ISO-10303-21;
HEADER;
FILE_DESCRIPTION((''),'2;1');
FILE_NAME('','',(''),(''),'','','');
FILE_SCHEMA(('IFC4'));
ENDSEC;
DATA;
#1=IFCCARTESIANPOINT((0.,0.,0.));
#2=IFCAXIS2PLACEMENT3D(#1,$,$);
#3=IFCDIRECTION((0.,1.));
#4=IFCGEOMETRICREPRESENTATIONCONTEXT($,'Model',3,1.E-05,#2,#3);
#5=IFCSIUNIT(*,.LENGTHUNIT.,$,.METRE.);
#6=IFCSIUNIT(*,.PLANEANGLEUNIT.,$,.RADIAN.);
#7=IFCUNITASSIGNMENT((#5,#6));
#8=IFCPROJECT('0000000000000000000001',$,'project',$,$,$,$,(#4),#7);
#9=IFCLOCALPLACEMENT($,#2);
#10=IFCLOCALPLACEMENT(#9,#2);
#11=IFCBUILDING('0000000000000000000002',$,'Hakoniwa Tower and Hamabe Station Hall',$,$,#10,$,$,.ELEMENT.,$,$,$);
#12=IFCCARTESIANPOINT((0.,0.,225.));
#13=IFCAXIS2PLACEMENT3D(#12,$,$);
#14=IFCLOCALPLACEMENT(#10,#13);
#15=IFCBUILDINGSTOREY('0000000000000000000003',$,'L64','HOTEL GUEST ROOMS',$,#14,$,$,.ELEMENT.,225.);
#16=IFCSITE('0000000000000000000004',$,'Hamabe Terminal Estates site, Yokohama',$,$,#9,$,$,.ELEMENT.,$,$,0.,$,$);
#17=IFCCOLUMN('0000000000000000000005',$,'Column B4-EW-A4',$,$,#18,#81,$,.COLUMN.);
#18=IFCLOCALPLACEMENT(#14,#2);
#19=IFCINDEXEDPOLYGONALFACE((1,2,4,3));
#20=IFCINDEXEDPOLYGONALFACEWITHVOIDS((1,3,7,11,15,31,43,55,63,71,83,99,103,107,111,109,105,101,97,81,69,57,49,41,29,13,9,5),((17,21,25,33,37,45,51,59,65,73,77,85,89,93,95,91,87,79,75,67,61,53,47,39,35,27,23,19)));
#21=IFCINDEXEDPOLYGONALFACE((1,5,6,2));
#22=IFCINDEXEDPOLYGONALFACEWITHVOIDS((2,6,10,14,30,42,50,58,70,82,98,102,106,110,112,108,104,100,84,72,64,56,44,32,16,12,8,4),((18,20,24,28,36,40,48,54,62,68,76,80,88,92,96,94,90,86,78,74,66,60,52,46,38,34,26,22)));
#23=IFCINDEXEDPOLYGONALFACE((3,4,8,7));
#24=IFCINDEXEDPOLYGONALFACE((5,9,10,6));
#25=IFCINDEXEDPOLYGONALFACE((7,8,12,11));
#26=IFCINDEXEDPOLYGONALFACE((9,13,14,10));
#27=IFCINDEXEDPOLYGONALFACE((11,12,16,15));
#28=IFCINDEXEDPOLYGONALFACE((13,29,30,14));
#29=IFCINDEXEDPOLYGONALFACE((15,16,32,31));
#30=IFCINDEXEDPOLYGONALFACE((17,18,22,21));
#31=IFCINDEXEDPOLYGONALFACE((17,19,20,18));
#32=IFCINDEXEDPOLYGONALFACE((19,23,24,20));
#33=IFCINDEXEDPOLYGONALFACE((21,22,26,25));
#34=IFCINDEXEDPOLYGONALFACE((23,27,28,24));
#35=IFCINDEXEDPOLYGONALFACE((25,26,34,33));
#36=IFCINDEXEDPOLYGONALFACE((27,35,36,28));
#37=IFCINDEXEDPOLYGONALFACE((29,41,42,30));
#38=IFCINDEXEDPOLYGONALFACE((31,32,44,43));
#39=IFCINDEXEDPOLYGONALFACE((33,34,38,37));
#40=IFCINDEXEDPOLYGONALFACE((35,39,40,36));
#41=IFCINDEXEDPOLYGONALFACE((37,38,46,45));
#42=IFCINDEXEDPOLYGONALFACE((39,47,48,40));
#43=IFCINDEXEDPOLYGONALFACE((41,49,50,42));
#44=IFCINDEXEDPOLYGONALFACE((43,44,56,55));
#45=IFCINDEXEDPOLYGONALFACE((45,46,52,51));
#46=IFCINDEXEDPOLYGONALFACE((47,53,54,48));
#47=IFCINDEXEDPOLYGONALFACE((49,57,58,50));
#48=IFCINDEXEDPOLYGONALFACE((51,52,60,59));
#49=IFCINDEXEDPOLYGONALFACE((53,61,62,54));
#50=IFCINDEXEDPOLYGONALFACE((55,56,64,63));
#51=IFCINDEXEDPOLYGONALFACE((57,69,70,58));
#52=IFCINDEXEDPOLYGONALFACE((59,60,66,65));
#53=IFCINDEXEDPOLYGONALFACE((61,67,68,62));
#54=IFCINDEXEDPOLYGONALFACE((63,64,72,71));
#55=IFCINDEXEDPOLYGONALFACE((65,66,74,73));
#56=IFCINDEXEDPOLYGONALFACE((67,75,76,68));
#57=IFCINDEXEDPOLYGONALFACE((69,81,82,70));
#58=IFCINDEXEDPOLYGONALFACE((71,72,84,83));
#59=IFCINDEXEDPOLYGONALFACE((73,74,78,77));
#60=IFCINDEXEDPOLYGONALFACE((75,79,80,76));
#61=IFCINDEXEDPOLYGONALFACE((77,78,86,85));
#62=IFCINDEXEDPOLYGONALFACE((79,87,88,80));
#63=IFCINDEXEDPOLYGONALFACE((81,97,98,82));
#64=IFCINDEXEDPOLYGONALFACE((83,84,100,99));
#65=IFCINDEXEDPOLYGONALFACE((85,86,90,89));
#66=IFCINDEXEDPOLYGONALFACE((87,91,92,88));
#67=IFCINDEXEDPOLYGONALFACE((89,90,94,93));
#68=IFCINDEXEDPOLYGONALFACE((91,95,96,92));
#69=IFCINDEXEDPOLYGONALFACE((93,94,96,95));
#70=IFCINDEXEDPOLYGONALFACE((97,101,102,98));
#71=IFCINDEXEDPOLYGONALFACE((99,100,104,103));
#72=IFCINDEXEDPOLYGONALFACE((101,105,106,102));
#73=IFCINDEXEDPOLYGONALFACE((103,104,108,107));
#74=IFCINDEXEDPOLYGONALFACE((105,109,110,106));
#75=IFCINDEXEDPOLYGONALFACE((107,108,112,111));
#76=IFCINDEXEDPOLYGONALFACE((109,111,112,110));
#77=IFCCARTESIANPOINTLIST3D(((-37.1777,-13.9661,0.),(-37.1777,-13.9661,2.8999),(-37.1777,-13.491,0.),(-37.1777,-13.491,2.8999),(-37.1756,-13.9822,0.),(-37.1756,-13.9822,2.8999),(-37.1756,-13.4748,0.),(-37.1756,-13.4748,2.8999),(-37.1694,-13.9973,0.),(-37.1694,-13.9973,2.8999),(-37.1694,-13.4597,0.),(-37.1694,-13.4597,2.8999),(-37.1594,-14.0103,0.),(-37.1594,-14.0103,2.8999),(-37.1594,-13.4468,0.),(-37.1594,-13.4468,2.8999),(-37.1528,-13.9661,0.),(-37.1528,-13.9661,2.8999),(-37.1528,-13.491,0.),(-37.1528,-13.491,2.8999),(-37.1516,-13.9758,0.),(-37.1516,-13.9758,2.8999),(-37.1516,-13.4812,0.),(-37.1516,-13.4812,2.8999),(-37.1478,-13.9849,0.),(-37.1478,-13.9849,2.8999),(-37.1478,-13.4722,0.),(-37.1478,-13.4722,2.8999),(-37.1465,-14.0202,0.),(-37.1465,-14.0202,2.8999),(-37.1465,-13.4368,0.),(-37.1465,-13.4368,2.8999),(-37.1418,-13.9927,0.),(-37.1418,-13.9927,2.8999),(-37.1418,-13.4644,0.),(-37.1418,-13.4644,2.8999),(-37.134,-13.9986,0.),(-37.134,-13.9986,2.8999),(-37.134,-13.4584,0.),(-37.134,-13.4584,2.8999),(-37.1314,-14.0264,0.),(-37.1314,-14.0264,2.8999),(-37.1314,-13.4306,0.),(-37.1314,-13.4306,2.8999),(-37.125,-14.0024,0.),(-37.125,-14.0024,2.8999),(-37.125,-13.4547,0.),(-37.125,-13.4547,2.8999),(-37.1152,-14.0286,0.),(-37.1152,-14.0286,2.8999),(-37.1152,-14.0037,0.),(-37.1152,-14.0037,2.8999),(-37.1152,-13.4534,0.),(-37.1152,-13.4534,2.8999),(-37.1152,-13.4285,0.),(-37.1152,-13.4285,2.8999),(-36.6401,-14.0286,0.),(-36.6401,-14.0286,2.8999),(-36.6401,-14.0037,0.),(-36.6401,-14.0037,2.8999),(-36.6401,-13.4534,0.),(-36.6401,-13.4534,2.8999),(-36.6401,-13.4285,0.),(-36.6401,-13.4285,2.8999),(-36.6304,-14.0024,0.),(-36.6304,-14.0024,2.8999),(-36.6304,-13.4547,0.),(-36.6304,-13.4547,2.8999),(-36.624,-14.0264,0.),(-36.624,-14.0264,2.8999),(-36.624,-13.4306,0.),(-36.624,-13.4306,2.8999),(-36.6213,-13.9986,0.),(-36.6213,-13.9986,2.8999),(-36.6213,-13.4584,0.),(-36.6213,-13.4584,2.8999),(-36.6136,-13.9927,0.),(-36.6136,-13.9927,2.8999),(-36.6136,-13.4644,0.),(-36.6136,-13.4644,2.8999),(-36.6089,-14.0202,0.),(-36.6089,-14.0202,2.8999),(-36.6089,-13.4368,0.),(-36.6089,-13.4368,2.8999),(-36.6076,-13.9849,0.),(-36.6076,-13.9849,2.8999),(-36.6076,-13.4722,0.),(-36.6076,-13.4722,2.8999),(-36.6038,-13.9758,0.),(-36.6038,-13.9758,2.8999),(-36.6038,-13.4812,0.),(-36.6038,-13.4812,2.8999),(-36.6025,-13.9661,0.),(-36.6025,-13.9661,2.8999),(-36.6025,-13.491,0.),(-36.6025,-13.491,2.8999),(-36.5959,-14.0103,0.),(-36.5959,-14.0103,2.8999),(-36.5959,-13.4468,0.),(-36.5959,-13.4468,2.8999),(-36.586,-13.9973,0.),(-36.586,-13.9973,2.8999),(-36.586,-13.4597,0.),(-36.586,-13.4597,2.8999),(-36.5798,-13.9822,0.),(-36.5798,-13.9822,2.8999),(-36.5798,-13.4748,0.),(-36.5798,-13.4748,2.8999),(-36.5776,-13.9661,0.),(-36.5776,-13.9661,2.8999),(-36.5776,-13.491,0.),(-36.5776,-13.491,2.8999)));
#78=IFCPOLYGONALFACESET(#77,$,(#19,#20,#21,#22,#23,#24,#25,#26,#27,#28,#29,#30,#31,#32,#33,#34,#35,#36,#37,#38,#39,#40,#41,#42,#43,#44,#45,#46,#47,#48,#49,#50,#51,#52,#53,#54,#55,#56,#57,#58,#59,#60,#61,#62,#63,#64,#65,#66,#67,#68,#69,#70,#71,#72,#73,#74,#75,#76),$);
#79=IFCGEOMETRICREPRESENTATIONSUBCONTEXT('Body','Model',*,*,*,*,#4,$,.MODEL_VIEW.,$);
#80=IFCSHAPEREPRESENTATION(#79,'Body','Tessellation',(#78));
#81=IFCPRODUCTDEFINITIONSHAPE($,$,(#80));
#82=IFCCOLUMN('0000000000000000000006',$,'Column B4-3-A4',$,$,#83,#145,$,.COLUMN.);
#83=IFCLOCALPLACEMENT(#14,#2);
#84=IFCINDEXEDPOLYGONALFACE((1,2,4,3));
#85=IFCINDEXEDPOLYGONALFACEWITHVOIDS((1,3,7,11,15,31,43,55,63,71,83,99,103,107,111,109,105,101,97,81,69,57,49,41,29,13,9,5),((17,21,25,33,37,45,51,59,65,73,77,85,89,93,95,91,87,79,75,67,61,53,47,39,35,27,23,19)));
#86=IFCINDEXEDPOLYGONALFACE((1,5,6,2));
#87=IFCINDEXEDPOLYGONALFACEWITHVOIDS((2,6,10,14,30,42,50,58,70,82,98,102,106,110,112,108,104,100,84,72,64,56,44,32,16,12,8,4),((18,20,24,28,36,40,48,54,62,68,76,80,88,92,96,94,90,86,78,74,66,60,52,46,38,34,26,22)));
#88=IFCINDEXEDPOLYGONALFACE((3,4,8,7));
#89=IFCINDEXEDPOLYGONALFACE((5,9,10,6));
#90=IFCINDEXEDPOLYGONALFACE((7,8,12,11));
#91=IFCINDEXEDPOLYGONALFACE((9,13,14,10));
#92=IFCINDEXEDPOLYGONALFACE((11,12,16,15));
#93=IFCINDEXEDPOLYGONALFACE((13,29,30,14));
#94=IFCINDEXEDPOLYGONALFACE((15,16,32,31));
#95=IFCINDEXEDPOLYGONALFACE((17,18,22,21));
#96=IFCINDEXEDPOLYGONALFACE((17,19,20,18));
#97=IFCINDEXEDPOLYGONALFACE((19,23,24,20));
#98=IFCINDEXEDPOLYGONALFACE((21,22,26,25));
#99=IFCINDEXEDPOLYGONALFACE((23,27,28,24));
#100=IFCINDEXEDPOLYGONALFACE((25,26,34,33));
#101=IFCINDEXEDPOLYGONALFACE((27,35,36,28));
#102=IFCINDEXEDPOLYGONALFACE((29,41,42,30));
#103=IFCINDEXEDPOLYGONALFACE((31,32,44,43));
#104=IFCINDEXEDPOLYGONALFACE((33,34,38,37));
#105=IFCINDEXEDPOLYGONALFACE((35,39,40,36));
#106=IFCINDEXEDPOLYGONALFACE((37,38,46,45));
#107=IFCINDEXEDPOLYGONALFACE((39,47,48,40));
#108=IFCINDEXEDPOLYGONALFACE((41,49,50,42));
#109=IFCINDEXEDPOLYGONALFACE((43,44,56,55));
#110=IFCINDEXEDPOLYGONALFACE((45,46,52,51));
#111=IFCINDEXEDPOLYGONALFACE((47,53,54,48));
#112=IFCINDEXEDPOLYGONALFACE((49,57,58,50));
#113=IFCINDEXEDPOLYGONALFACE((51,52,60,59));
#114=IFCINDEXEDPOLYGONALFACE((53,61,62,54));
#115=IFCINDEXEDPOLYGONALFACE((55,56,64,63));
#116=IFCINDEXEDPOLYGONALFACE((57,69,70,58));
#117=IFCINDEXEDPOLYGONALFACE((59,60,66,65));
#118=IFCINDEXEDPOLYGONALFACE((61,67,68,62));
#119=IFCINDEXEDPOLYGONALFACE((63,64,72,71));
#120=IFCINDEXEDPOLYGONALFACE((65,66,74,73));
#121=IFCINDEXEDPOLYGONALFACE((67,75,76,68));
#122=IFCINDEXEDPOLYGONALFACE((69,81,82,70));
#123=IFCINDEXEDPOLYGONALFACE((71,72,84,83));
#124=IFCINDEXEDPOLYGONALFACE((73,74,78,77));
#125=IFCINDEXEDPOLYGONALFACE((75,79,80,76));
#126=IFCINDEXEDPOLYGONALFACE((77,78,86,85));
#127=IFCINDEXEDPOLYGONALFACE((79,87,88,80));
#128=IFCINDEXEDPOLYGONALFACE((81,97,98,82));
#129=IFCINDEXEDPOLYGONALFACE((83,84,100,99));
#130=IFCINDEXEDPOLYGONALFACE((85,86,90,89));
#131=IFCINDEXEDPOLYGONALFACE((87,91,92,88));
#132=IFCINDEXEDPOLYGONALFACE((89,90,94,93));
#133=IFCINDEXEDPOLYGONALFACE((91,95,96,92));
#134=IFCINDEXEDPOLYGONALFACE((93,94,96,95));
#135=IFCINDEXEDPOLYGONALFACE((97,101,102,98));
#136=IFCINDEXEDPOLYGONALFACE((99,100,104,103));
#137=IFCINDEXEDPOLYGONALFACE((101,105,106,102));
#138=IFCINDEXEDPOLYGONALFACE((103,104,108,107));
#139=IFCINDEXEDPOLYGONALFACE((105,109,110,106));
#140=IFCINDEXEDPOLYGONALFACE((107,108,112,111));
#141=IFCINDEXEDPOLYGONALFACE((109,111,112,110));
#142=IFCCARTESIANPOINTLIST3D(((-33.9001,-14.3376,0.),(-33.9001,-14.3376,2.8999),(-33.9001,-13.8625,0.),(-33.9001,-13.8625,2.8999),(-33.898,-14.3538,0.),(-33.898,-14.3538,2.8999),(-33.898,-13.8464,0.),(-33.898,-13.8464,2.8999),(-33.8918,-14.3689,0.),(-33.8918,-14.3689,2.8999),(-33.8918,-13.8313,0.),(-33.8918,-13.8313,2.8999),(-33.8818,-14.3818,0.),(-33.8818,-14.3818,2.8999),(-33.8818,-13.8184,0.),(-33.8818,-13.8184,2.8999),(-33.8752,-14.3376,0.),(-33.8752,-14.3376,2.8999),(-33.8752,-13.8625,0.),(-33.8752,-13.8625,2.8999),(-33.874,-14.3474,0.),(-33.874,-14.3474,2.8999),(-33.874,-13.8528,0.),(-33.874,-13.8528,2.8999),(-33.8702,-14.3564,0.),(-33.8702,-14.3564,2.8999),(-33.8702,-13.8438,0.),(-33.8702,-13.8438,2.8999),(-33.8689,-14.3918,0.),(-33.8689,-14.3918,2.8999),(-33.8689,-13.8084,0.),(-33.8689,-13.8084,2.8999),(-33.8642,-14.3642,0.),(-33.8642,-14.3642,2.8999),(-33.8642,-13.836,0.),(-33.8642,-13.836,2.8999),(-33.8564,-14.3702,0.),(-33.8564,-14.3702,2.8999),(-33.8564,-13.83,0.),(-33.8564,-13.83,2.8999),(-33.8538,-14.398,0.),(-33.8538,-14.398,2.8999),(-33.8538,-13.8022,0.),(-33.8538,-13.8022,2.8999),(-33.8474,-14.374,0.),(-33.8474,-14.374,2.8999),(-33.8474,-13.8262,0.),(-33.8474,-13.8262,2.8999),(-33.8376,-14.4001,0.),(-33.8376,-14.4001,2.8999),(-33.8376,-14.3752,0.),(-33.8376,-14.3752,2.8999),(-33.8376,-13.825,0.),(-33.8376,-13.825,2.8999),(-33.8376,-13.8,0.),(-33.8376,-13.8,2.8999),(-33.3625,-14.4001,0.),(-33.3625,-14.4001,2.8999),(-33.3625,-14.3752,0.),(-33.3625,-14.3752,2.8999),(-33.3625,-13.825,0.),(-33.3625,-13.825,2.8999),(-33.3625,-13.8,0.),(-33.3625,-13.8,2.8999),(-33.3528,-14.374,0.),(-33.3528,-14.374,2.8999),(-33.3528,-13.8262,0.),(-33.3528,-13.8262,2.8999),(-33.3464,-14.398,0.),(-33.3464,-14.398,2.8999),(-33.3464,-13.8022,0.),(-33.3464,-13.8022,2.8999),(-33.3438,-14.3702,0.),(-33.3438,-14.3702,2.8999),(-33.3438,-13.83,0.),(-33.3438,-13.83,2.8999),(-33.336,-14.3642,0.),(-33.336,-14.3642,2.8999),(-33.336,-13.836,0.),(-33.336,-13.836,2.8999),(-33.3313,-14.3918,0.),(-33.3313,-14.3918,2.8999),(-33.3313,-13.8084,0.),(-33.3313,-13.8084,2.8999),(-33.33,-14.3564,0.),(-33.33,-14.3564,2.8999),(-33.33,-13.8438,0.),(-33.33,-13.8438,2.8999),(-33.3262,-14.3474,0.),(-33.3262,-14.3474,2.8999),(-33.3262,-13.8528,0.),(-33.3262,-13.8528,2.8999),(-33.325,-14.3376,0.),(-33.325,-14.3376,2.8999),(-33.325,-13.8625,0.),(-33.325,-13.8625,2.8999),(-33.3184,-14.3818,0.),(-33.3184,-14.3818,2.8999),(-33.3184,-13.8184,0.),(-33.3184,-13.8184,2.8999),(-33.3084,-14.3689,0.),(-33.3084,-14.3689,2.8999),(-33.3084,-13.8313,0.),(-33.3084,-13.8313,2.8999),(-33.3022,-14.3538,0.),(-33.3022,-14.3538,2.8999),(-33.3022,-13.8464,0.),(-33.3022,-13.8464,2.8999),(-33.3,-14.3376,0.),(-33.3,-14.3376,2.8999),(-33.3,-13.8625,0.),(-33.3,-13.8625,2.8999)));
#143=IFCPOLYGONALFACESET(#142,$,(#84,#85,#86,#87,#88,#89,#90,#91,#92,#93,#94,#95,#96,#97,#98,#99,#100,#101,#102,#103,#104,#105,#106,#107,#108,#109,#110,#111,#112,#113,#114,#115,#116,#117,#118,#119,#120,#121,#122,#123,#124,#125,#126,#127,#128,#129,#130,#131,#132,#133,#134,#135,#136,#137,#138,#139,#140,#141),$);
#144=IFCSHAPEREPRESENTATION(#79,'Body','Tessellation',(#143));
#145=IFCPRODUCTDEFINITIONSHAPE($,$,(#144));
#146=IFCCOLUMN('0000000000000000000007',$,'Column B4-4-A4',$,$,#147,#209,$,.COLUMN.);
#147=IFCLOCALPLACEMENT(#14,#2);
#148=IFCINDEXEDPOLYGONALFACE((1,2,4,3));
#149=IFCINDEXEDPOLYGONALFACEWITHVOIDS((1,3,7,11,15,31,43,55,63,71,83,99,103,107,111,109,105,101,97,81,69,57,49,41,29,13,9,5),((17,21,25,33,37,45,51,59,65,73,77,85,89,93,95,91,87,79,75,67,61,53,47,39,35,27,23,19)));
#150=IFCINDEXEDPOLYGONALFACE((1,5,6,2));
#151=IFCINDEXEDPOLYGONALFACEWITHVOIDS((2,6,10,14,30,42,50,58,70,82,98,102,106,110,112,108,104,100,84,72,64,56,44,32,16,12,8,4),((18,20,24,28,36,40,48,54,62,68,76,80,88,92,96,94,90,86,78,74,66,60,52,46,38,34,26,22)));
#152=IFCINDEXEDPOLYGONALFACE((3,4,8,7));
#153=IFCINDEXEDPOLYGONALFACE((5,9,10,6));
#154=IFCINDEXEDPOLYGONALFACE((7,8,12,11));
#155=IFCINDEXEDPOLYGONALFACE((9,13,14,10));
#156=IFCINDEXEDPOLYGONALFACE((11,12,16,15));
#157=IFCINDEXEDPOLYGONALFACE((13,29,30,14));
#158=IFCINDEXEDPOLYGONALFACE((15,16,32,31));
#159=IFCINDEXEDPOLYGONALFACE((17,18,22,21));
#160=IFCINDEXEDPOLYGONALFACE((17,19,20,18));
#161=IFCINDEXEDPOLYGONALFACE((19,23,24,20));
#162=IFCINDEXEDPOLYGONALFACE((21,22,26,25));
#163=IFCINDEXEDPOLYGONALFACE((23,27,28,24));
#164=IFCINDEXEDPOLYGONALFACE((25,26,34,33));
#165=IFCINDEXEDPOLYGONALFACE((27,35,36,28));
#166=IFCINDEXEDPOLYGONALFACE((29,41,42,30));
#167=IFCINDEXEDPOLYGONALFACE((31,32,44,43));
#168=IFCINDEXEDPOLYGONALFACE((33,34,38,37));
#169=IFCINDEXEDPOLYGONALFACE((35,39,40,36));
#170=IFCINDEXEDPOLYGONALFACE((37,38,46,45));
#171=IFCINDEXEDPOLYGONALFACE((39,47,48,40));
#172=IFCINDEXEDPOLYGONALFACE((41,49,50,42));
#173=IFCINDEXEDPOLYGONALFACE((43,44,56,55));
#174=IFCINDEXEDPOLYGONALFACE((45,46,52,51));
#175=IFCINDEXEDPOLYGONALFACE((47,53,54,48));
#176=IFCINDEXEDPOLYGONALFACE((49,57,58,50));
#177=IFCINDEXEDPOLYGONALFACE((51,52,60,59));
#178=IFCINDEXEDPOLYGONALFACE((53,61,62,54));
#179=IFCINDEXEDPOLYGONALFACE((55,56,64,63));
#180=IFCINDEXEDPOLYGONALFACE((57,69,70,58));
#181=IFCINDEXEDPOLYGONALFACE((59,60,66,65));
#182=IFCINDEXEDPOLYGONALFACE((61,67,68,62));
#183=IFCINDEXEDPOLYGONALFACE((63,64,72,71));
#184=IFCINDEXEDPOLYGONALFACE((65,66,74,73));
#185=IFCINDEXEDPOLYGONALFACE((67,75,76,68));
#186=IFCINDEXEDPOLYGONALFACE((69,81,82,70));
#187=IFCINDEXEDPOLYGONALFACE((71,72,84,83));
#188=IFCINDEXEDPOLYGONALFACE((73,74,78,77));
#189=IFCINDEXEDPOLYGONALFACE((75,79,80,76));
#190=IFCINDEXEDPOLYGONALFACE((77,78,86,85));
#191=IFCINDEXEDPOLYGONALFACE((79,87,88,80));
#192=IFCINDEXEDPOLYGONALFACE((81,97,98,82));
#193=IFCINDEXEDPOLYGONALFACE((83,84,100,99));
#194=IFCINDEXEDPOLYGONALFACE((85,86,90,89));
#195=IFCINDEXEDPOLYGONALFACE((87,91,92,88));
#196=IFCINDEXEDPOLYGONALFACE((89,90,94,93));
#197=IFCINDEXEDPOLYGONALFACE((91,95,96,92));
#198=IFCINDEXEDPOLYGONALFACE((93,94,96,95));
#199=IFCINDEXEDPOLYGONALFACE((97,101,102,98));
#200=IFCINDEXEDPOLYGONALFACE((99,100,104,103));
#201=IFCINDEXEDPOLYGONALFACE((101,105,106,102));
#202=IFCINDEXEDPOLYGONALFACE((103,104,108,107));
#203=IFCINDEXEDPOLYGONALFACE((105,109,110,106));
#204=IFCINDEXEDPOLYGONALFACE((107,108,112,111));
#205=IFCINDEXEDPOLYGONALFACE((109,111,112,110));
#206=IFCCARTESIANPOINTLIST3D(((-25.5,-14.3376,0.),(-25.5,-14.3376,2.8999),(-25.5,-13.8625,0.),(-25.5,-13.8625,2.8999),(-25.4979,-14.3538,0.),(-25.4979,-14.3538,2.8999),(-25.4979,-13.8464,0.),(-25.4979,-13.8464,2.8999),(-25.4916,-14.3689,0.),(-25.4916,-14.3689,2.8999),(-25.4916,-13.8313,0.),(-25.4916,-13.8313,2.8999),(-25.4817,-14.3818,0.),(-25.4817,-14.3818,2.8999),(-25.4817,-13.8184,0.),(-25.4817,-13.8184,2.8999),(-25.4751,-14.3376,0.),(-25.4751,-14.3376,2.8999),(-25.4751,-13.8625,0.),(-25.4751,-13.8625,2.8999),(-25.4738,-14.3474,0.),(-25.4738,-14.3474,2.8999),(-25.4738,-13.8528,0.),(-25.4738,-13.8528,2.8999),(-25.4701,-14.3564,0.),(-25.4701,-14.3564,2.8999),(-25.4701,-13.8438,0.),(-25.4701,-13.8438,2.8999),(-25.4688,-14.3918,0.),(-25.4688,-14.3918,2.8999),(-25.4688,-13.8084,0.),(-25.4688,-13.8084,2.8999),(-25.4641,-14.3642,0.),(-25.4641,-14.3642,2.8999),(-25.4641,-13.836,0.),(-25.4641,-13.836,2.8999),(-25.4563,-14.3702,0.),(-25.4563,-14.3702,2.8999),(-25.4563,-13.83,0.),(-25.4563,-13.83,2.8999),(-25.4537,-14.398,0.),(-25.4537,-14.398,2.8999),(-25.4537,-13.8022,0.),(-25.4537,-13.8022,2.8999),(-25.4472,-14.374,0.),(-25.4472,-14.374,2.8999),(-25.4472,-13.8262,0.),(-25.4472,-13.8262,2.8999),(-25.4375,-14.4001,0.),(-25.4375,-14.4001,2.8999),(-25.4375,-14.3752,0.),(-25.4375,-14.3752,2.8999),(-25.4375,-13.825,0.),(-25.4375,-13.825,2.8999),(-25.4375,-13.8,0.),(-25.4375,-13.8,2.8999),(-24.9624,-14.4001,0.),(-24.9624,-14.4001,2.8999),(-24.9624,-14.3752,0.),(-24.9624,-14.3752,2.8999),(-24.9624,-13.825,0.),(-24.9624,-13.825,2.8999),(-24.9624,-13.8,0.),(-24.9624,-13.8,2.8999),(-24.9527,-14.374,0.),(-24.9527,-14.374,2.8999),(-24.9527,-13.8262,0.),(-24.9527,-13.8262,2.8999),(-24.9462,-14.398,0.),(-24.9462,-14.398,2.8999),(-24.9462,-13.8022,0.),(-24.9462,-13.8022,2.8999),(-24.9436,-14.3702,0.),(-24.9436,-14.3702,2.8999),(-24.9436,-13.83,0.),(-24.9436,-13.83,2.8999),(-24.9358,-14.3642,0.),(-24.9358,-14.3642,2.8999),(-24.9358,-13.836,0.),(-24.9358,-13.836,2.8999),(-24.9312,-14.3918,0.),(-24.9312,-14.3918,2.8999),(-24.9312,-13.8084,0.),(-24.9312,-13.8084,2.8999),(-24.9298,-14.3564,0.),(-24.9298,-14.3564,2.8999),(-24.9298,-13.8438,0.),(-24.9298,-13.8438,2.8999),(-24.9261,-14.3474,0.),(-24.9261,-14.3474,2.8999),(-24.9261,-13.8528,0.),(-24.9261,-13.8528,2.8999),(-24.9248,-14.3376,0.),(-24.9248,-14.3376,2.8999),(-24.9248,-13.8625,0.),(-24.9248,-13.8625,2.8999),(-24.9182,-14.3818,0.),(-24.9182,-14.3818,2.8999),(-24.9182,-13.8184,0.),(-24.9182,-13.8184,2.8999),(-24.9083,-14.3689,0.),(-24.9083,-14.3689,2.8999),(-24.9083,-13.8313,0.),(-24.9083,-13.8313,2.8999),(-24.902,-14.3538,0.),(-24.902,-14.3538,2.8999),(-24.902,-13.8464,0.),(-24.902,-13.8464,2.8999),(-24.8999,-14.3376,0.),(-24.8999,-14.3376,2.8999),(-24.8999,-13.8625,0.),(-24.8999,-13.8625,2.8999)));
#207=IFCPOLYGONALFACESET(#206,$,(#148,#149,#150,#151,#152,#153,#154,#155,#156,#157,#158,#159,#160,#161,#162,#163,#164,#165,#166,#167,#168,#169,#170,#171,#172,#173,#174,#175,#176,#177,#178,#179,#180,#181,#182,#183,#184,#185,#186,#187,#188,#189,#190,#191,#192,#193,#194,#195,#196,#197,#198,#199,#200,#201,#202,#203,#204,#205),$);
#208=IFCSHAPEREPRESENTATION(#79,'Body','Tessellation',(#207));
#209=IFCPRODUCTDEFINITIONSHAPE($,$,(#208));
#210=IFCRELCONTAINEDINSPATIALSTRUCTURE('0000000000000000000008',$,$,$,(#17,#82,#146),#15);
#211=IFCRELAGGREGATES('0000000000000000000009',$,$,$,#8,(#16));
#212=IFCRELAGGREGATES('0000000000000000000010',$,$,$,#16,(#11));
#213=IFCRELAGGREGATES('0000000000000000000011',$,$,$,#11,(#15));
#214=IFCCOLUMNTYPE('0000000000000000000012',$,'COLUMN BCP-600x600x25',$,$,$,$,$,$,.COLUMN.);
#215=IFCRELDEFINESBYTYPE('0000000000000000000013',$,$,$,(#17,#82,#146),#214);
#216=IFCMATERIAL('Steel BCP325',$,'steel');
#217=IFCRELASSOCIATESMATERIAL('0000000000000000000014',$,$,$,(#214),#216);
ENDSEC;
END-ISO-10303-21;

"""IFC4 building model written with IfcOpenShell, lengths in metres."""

from ifc_helpers import new_model, si_unit, direction, frame, origin, origin_2d, place, context, subcontext, project, spatial, hollow_rectangle, extrude, material, material_profile, profile_set, type_object, element, save


model = new_model("IFC4")

# Units and contexts
model_context = context("Model", 3, precision=1e-05, world=origin(), true_north=direction((0.0, 1.0)))
body_context = subcontext(model_context, "Body", "Model", "MODEL_VIEW")
ifc_project = project(units=[si_unit("LENGTHUNIT", "METRE"), si_unit("PLANEANGLEUNIT", "RADIAN")], contexts=[model_context])

# Site, building, storey
site_placement = place(None, origin())
site = spatial("IfcSite", under=ifc_project, at=site_placement, Name="Hamabe Terminal Estates site, Yokohama", CompositionType="ELEMENT", RefElevation=0.0)
building_placement = place(site_placement, origin())
building = spatial("IfcBuilding", under=site, at=building_placement, Name="Hakoniwa Tower and Hamabe Station Hall", CompositionType="ELEMENT")
storey_placement = place(building_placement, frame((0.0, 0.0, 225.0)))
storey = spatial("IfcBuildingStorey", under=building, at=storey_placement, Name="L64", Description="HOTEL GUEST ROOMS", CompositionType="ELEMENT", Elevation=225.0)

# Columns
ifc_material_1 = material(Name="Steel BCP325", Category="steel")
ifc_material_profile_1 = material_profile(ifc_material_1, hollow_rectangle(XDim=0.6001, YDim=0.6001, WallThickness=0.0249, InnerFilletRadius=0.0376, OuterFilletRadius=0.0625, at=origin_2d()), Name="BCP-600x600x25")
ifc_profile_set_1 = profile_set([ifc_material_profile_1], Name="Steel BCP325")
column_type = type_object("IfcColumnType", Name="COLUMN BCP-600x600x25", PredefinedType="COLUMN", material=ifc_profile_set_1)
for number, where, z_axis, x_axis, name in (
    (1, (-36.8777, -13.7285, 0.0), (0.0, 0.0, 1.0), (1.0, 0.0, 0.0), "Column B4-EW-A4"),
    (2, (-33.6001, -14.1001, 0.0), (0.0, 0.0, 1.0), (1.0, 0.0, 0.0), "Column B4-3-A4"),
    (3, (-25.2, -14.1001, 0.0), (0.0, 0.0, 1.0), (1.0, 0.0, 0.0), "Column B4-4-A4"),
):
    element("IfcColumn", number, at=place(storey_placement, frame(where, z_axis=z_axis, x_axis=x_axis)), inside=storey, type_object=column_type, Name=name, PredefinedType="COLUMN", context=body_context, shape_type="SweptSolid", body=[
        extrude(hollow_rectangle(XDim=0.6001, YDim=0.6001, WallThickness=0.0249, InnerFilletRadius=0.0376, OuterFilletRadius=0.0625, at=origin_2d()), origin(), (0.0, 0.0, 1.0), 2.8999),
    ])

save(model, "model.ifc")
